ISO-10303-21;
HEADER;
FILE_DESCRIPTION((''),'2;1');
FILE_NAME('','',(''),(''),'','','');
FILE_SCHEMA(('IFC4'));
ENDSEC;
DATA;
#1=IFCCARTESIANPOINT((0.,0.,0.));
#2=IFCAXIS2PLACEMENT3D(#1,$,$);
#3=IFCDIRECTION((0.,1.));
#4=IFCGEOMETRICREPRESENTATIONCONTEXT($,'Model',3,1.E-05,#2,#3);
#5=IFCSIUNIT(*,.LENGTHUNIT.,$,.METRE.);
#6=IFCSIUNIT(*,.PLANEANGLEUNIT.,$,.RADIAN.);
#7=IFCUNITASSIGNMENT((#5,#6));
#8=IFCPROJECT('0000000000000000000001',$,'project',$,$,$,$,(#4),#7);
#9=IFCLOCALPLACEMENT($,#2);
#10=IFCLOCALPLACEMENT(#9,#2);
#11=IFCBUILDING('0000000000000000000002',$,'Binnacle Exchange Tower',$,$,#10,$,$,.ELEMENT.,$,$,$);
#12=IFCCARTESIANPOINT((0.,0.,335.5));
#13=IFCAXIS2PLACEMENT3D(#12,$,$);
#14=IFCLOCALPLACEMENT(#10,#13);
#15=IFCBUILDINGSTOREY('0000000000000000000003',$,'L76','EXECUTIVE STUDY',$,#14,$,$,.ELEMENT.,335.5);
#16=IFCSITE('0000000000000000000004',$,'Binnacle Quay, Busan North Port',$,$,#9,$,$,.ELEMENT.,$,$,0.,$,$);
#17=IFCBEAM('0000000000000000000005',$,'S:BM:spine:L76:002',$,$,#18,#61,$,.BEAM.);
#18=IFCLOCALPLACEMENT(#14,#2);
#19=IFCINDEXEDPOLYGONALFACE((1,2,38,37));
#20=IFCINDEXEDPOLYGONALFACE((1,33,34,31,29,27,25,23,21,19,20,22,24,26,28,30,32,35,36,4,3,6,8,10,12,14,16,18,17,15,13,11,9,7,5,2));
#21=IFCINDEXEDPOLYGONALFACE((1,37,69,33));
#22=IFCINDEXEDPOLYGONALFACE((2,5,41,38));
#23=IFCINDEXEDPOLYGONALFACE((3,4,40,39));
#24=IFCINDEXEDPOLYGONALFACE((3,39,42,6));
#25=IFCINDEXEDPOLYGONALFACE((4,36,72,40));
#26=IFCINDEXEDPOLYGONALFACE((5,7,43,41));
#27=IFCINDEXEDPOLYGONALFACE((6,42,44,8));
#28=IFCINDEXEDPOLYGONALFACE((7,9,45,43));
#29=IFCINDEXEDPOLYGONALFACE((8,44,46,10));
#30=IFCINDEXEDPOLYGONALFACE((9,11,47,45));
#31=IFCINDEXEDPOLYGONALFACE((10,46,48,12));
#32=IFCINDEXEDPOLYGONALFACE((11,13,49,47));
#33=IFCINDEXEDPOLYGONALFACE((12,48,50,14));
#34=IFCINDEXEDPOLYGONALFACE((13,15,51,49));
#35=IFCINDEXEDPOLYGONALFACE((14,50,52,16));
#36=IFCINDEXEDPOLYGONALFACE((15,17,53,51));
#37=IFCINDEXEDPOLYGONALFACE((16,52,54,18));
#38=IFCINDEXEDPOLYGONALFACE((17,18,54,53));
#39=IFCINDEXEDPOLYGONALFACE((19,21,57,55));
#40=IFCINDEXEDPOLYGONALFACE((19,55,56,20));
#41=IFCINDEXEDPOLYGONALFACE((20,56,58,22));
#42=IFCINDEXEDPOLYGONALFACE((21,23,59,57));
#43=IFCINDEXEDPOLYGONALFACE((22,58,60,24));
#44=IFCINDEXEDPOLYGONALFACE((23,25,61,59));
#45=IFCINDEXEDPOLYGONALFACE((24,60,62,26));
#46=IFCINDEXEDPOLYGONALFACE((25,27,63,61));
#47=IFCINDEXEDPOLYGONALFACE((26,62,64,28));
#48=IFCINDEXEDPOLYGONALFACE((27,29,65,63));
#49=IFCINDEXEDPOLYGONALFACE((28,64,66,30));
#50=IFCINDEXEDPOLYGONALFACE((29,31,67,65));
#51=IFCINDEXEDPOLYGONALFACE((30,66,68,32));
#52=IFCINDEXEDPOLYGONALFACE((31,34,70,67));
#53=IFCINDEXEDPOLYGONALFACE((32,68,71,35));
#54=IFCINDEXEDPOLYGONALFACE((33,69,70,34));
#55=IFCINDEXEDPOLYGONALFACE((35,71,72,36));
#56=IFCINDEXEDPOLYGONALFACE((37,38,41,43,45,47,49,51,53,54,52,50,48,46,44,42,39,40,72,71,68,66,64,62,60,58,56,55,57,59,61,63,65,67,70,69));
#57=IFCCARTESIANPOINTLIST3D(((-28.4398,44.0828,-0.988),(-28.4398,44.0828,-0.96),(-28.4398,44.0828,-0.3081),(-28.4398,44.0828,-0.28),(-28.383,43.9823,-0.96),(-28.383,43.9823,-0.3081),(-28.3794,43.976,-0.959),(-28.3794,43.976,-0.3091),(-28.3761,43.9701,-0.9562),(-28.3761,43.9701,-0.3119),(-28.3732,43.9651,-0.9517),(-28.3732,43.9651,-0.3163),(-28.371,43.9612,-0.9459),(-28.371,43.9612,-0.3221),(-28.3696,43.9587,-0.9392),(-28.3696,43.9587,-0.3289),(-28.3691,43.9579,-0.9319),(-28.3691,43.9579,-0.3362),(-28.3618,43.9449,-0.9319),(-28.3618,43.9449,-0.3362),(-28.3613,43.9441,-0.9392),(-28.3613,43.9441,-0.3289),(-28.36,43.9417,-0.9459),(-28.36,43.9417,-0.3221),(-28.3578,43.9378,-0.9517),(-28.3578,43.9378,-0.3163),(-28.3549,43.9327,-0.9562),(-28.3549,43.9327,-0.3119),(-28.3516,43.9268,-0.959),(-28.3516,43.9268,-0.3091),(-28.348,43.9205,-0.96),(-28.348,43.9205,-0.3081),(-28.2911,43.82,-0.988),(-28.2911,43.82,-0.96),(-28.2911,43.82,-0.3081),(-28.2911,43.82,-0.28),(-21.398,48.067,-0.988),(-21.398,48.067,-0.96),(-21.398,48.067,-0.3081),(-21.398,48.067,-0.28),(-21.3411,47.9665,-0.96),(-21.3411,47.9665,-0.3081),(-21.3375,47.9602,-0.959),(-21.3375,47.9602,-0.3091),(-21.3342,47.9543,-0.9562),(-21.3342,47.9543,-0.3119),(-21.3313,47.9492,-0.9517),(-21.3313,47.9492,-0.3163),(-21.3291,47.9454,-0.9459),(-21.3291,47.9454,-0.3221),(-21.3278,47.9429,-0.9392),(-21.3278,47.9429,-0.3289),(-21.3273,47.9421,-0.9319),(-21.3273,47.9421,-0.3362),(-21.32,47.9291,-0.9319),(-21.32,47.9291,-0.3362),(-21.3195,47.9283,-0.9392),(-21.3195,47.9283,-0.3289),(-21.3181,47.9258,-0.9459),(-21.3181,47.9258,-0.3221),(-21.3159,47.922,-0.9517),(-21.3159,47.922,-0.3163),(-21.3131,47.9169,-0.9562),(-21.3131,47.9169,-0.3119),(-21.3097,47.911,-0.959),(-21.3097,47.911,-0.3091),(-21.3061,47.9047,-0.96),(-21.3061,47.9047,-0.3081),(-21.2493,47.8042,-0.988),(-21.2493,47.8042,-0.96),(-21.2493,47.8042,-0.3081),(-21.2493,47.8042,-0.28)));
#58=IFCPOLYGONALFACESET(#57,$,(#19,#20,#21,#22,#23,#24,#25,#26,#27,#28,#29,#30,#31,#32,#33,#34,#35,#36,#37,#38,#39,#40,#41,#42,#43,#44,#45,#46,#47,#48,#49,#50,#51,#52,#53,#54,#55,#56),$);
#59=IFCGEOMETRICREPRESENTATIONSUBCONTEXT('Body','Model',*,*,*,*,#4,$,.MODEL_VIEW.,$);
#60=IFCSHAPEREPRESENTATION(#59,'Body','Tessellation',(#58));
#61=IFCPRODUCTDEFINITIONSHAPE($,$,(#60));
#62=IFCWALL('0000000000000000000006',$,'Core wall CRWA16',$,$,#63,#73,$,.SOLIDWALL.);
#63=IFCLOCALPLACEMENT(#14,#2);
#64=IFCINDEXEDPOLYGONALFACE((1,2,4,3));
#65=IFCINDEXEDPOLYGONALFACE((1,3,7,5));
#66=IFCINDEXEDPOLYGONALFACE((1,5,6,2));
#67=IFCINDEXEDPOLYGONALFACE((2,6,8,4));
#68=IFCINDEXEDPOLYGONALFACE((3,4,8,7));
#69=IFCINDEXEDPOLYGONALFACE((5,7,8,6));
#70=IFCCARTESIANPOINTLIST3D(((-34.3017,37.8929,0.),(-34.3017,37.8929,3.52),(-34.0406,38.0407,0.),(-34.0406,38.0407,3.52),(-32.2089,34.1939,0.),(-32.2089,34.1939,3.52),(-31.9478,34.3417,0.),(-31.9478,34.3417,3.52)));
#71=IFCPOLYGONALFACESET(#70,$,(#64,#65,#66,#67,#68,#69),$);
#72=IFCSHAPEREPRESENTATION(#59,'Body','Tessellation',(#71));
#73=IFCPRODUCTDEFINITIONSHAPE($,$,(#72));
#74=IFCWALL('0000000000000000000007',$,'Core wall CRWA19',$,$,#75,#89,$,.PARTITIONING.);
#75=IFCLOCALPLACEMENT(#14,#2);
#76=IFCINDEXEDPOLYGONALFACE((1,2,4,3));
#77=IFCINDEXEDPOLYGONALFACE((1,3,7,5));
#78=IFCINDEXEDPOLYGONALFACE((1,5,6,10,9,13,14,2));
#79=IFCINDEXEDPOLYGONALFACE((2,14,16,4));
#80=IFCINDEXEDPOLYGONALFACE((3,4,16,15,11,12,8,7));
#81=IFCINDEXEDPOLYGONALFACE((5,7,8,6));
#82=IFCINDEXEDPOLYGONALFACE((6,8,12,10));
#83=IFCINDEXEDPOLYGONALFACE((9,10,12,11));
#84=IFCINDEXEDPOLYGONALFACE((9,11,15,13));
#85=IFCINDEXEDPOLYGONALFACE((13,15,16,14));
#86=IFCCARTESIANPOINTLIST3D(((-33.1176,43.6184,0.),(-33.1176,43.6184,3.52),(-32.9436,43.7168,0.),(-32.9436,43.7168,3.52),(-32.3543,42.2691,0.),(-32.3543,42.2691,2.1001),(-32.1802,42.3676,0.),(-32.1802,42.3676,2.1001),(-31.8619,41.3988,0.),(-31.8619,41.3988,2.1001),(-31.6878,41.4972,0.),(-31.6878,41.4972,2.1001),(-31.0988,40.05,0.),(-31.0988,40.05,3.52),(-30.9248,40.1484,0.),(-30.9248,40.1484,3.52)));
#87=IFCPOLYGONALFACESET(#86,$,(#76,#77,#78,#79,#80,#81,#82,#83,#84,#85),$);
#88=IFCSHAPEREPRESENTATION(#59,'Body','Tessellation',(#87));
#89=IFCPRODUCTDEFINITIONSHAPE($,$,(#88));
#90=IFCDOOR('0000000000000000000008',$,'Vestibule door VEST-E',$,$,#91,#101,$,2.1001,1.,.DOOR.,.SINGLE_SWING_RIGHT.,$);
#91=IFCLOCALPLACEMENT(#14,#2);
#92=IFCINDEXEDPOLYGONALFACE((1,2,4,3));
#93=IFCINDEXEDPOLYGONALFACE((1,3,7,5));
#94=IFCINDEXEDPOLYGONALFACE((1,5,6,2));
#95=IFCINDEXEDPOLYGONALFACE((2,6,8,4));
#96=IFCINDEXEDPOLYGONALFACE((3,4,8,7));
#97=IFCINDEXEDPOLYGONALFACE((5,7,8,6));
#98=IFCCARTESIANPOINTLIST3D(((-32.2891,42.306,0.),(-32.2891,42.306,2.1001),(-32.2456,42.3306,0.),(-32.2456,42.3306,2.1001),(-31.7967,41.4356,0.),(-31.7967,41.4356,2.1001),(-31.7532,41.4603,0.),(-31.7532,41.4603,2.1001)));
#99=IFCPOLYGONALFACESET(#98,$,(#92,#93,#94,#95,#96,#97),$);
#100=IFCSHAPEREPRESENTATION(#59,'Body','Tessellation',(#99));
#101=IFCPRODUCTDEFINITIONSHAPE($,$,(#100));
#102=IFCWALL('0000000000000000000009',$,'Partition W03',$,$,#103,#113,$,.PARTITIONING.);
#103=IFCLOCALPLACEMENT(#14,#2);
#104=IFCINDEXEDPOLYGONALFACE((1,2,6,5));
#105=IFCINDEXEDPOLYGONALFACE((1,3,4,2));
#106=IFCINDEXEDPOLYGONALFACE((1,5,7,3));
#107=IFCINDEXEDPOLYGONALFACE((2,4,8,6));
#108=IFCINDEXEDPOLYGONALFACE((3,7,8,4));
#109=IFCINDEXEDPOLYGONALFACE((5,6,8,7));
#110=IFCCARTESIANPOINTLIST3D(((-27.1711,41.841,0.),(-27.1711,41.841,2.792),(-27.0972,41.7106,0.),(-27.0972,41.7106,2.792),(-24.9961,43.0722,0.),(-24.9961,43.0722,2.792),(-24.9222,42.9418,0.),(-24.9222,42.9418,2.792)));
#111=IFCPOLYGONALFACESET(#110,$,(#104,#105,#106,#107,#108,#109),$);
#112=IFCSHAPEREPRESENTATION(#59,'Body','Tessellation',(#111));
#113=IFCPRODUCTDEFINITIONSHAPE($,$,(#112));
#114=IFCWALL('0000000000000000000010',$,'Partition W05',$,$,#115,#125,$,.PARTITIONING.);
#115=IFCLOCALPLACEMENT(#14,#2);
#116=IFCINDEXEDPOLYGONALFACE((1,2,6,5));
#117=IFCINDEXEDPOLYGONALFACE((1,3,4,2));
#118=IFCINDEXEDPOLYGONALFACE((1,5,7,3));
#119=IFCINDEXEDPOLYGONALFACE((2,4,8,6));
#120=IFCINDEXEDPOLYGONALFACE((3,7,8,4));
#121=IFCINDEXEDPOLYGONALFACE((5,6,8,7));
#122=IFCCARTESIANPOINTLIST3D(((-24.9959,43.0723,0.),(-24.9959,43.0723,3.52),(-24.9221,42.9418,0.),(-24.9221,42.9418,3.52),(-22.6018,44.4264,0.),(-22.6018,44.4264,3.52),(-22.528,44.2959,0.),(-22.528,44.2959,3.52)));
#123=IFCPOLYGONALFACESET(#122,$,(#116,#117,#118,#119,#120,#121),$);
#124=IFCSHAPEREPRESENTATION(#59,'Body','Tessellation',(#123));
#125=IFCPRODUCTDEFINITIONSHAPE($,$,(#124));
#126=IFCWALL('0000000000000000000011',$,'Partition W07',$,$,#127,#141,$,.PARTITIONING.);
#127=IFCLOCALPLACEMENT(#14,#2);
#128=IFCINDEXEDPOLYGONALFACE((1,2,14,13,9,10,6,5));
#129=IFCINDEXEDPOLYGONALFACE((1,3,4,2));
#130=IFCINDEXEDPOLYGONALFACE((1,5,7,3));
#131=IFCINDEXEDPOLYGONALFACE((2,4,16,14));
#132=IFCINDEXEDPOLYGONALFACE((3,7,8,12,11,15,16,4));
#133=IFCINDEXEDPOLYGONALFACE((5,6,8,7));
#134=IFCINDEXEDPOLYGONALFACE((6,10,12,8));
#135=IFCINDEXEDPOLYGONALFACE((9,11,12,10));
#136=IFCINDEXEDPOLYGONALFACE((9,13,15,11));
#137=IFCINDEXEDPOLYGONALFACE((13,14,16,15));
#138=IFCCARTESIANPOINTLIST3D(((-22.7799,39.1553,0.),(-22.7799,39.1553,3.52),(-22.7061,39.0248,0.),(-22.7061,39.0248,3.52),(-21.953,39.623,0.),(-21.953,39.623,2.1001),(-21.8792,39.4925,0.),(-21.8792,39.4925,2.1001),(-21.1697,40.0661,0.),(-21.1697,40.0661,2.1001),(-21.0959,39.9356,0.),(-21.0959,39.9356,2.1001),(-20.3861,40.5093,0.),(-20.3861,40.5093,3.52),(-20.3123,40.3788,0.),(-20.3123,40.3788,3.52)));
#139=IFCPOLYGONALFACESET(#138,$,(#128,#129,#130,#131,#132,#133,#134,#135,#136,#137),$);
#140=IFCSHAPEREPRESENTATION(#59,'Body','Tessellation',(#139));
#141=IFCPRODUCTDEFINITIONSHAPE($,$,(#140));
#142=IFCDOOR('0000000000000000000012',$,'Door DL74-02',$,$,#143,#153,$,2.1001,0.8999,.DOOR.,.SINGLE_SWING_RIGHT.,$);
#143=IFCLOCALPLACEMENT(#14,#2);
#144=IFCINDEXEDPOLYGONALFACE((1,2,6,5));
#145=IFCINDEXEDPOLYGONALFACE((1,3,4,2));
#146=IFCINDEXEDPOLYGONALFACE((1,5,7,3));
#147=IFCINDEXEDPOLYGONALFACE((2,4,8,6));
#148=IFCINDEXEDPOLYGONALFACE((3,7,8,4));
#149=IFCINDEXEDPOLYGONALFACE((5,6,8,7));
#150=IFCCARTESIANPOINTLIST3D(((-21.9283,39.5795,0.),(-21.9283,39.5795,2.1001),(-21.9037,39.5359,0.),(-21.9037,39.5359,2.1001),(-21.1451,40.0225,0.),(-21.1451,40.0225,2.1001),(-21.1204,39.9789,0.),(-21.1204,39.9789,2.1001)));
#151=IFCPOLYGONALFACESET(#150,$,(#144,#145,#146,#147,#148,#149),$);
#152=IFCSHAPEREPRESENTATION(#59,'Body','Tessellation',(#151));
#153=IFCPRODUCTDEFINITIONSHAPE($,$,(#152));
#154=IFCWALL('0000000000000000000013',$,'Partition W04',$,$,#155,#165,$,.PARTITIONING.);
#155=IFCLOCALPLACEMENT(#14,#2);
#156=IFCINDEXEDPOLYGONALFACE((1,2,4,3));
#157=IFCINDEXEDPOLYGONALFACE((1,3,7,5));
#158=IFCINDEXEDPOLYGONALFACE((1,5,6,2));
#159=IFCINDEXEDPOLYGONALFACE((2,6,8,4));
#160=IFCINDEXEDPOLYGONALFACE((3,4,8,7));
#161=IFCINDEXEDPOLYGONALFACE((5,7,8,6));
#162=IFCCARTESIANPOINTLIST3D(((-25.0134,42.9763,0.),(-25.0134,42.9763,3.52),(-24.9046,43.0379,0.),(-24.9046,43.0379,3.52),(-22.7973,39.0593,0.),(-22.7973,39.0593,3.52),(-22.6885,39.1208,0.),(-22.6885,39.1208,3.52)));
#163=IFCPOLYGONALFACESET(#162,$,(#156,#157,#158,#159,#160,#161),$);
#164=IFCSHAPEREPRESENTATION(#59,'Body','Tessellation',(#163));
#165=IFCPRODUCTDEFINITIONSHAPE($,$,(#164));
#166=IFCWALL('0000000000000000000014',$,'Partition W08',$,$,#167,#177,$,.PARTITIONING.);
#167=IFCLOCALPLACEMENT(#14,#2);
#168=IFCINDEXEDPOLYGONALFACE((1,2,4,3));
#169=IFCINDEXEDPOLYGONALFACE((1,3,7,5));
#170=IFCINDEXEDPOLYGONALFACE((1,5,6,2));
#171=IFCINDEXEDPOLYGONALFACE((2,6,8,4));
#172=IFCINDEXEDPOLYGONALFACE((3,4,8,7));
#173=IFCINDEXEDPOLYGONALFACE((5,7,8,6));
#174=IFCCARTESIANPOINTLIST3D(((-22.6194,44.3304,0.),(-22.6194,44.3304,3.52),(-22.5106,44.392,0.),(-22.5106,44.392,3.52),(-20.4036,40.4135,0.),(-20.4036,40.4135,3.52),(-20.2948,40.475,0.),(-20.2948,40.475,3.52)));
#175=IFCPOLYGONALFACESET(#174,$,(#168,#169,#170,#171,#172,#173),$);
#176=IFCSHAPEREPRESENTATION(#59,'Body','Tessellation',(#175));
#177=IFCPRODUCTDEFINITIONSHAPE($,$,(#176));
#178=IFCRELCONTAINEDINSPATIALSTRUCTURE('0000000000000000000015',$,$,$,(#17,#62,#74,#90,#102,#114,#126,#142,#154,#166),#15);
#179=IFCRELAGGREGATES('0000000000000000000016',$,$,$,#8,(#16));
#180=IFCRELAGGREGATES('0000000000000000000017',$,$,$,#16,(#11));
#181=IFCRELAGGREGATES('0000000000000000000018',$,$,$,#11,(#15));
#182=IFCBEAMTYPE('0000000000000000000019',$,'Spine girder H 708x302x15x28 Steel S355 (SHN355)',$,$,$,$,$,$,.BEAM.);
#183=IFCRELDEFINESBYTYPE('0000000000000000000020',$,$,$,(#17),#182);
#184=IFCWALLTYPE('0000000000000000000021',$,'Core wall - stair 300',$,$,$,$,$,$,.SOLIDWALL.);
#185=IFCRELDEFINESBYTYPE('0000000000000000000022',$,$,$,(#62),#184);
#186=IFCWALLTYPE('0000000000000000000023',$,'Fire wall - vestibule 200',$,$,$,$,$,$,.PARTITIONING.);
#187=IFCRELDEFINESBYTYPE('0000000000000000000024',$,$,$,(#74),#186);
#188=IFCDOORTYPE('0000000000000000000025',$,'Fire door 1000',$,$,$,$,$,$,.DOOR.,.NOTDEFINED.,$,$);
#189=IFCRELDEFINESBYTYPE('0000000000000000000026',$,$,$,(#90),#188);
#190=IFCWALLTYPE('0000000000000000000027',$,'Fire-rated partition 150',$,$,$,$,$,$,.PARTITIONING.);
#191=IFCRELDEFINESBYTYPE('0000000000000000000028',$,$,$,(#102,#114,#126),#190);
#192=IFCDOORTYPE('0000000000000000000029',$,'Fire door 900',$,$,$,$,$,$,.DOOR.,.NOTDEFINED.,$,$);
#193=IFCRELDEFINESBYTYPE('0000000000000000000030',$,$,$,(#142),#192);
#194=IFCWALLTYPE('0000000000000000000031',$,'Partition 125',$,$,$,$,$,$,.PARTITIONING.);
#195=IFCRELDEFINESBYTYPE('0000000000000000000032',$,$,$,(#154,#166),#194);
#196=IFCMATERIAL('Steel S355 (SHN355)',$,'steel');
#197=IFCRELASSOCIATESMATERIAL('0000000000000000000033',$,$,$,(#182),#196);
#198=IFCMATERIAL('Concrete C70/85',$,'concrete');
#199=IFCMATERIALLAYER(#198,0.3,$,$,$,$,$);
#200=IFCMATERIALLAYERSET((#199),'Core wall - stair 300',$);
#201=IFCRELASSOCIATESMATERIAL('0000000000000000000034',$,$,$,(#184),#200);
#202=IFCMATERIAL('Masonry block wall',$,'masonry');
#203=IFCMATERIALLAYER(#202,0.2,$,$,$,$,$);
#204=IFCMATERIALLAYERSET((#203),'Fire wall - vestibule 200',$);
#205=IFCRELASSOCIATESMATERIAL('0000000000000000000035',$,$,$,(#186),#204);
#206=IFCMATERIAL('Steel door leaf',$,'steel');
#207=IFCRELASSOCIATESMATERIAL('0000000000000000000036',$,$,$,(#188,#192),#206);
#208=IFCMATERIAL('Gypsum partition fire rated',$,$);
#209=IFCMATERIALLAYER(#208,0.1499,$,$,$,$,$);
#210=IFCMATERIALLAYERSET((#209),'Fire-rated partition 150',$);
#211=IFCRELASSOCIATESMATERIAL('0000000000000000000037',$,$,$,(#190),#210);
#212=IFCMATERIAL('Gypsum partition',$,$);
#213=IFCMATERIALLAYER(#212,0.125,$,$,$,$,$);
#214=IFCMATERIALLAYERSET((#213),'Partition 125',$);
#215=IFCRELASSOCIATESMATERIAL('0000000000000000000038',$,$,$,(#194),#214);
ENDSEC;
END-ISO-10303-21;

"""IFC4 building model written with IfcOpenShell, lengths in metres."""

from ifc_helpers import new_model, si_unit, direction, frame, frame_2d, origin, origin_2d, place, context, subcontext, project, spatial, rectangle, i_section, extrude, material, layer, layer_set, material_profile, profile_set, type_object, element, fill, save


model = new_model("IFC4")

# Units and contexts
model_context = context("Model", 3, precision=1e-05, world=origin(), true_north=direction((0.0, 1.0)))
body_context = subcontext(model_context, "Body", "Model", "MODEL_VIEW")
ifc_project = project(units=[si_unit("LENGTHUNIT", "METRE"), si_unit("PLANEANGLEUNIT", "RADIAN")], contexts=[model_context])

# Site, building, storey
site_placement = place(None, origin())
site = spatial("IfcSite", under=ifc_project, at=site_placement, Name="Binnacle Quay, Busan North Port", CompositionType="ELEMENT", RefElevation=0.0)
building_placement = place(site_placement, origin())
building = spatial("IfcBuilding", under=site, at=building_placement, Name="Binnacle Exchange Tower", CompositionType="ELEMENT")
storey_placement = place(building_placement, frame((0.0, 0.0, 335.5)))
storey = spatial("IfcBuildingStorey", under=building, at=storey_placement, Name="L76", Description="EXECUTIVE STUDY", CompositionType="ELEMENT", Elevation=335.5)

# Beam
ifc_material_1 = material(Name="Steel S355 (SHN355)", Category="steel")
ifc_material_profile = material_profile(ifc_material_1, i_section(OverallWidth=0.302, OverallDepth=0.708, WebThickness=0.0149, FlangeThickness=0.0281, FilletRadius=0.0281, at=origin_2d()), Name="H 708x302x15x28")
ifc_profile_set = profile_set([ifc_material_profile], Name="Steel S355 (SHN355)")
beam_type = type_object("IfcBeamType", Name="Spine girder H 708x302x15x28 Steel S355 (SHN355)", PredefinedType="BEAM", material=ifc_profile_set)
beam_placement = place(storey_placement, frame((-28.3655, 43.9514, -0.634), z_axis=(0.87035, 0.492433, 0.0), x_axis=(-0.492433, 0.87035, 0.0)))
element("IfcBeam", 1, at=beam_placement, inside=storey, type_object=beam_type, Name="S:BM:spine:L76:002", PredefinedType="BEAM", context=body_context, shape_type="SweptSolid", body=[
    extrude(i_section(OverallWidth=0.302, OverallDepth=0.708, WebThickness=0.0149, FlangeThickness=0.0281, FilletRadius=0.0281, at=origin_2d()), origin(), (0.0, 0.0, 1.0), 8.0908),
])

# Wall
ifc_material_2 = material(Name="Concrete C70/85", Category="concrete")
ifc_layer_1 = layer(ifc_material_2, 0.3)
ifc_layer_set_1 = layer_set([ifc_layer_1], Name="Core wall - stair 300")
wall_type_1 = type_object("IfcWallType", Name="Core wall - stair 300", PredefinedType="SOLIDWALL", material=ifc_layer_set_1)
wall_1_placement = place(storey_placement, frame((-34.1711, 37.9668, 0.0), z_axis=(0.0, 0.0, 1.0), x_axis=(0.492423, -0.870356, 0.0)))
element("IfcWall", 2, at=wall_1_placement, inside=storey, type_object=wall_type_1, Name="Core wall CRWA16", PredefinedType="SOLIDWALL", context=body_context, shape_type="SweptSolid", body=[
    extrude(rectangle(XDim=4.25, YDim=0.3, at=frame_2d((2.125, 0.0))), origin(), (0.0, 0.0, 1.0), 3.52),
])

# Wall, opening, door
ifc_material_3 = material(Name="Masonry block wall", Category="masonry")
ifc_layer_2 = layer(ifc_material_3, 0.2)
ifc_layer_set_2 = layer_set([ifc_layer_2], Name="Fire wall - vestibule 200")
wall_type_2 = type_object("IfcWallType", Name="Fire wall - vestibule 200", PredefinedType="PARTITIONING", material=ifc_layer_set_2)
wall_2_placement = place(storey_placement, frame((-33.0305, 43.6675, 0.0), z_axis=(0.0, 0.0, 1.0), x_axis=(0.492408, -0.870364, 0.0)))
wall_2 = element("IfcWall", 3, at=wall_2_placement, inside=storey, type_object=wall_type_2, Name="Core wall CRWA19", PredefinedType="PARTITIONING", context=body_context, shape_type="SweptSolid", body=[
    extrude(rectangle(XDim=4.0999, YDim=0.2, at=frame_2d((2.0498, 0.0))), origin(), (0.0, 0.0, 1.0), 3.52),
])
opening_1_placement = place(wall_2_placement, frame((1.55, 0.0, 0.0)))
opening_1 = element("IfcOpeningElement", 4, at=opening_1_placement, cuts=wall_2, PredefinedType="OPENING", context=body_context, shape_type="SweptSolid", body=[
    extrude(rectangle(XDim=1.0, YDim=2.1001, at=frame_2d((0.5, 1.05))), frame((0.0, 0.1099, 0.0), z_axis=(0.0, -1.0, 0.0), x_axis=(1.0, 0.0, 0.0)), (0.0, 0.0, 1.0), 0.22),
])
ifc_material_4 = material(Name="Steel door leaf", Category="steel")
door_type_1 = type_object("IfcDoorType", Name="Fire door 1000", OperationType="NOTDEFINED", PredefinedType="DOOR", material=ifc_material_4)
door_1_placement = place(opening_1_placement, origin())
door_1 = element("IfcDoor", 5, at=door_1_placement, inside=storey, type_object=door_type_1, Name="Vestibule door VEST-E", OperationType="SINGLE_SWING_RIGHT", OverallHeight=2.1001, OverallWidth=1.0, PredefinedType="DOOR", context=body_context, shape_type="SweptSolid", body=[
    extrude(rectangle(XDim=1.0, YDim=2.1001, at=frame_2d((0.5, 1.05))), frame((0.0, 0.0249, 0.0), z_axis=(0.0, -1.0, 0.0), x_axis=(1.0, 0.0, 0.0)), (0.0, 0.0, 1.0), 0.05),
])
fill(opening_1, door_1)

# Walls
ifc_material_5 = material(Name="Gypsum partition fire rated")
ifc_layer_3 = layer(ifc_material_5, 0.1499)
ifc_layer_set_3 = layer_set([ifc_layer_3], Name="Fire-rated partition 150")
wall_type_3 = type_object("IfcWallType", Name="Fire-rated partition 150", PredefinedType="PARTITIONING", material=ifc_layer_set_3)
wall_3_placement = place(storey_placement, frame((-27.134, 41.7759, 0.0), z_axis=(0.0, 0.0, 1.0), x_axis=(0.87025, 0.492611, 0.0)))
element("IfcWall", 6, at=wall_3_placement, inside=storey, type_object=wall_type_3, Name="Partition W03", PredefinedType="PARTITIONING", context=body_context, shape_type="SweptSolid", body=[
    extrude(rectangle(XDim=2.4993, YDim=0.1499, at=frame_2d((1.2495, 0.0))), origin(), (0.0, 0.0, 1.0), 2.792),
])
wall_4_placement = place(storey_placement, frame((-24.959, 43.0071, 0.0), z_axis=(0.0, 0.0, 1.0), x_axis=(0.870431, 0.492291, 0.0)))
element("IfcWall", 7, at=wall_4_placement, inside=storey, type_object=wall_type_3, Name="Partition W05", PredefinedType="PARTITIONING", context=body_context, shape_type="SweptSolid", body=[
    extrude(rectangle(XDim=2.7505, YDim=0.1499, at=frame_2d((1.3752, 0.0))), origin(), (0.0, 0.0, 1.0), 3.52),
])

# Wall, opening, door
wall_5_placement = place(storey_placement, frame((-22.7429, 39.0901, 0.0), z_axis=(0.0, 0.0, 1.0), x_axis=(0.870409, 0.492329, 0.0)))
wall_5 = element("IfcWall", 8, at=wall_5_placement, inside=storey, type_object=wall_type_3, Name="Partition W07", PredefinedType="PARTITIONING", context=body_context, shape_type="SweptSolid", body=[
    extrude(rectangle(XDim=2.7502, YDim=0.1499, at=frame_2d((1.375, 0.0))), origin(), (0.0, 0.0, 1.0), 3.52),
])
opening_2_placement = place(wall_5_placement, frame((0.95, 0.0, 0.0)))
opening_2 = element("IfcOpeningElement", 9, at=opening_2_placement, cuts=wall_5, PredefinedType="OPENING", context=body_context, shape_type="SweptSolid", body=[
    extrude(rectangle(XDim=0.8999, YDim=2.1001, at=frame_2d((0.45, 1.05))), frame((0.0, 0.085, 0.0), z_axis=(0.0, -1.0, 0.0), x_axis=(1.0, 0.0, 0.0)), (0.0, 0.0, 1.0), 0.1699),
])
door_type_2 = type_object("IfcDoorType", Name="Fire door 900", OperationType="NOTDEFINED", PredefinedType="DOOR", material=ifc_material_4)
door_2_placement = place(opening_2_placement, origin())
door_2 = element("IfcDoor", 10, at=door_2_placement, inside=storey, type_object=door_type_2, Name="Door DL74-02", OperationType="SINGLE_SWING_RIGHT", OverallHeight=2.1001, OverallWidth=0.8999, PredefinedType="DOOR", context=body_context, shape_type="SweptSolid", body=[
    extrude(rectangle(XDim=0.8999, YDim=2.1001, at=frame_2d((0.45, 1.05))), frame((0.0, 0.0249, 0.0), z_axis=(0.0, -1.0, 0.0), x_axis=(1.0, 0.0, 0.0)), (0.0, 0.0, 1.0), 0.05),
])
fill(opening_2, door_2)

# Walls
ifc_material_6 = material(Name="Gypsum partition")
ifc_layer_4 = layer(ifc_material_6, 0.125)
ifc_layer_set_4 = layer_set([ifc_layer_4], Name="Partition 125")
wall_type_4 = type_object("IfcWallType", Name="Partition 125", PredefinedType="PARTITIONING", material=ifc_layer_set_4)
wall_6_placement = place(storey_placement, frame((-24.959, 43.0071, 0.0), z_axis=(0.0, 0.0, 1.0), x_axis=(0.492413, -0.870362, 0.0)))
element("IfcWall", 11, at=wall_6_placement, inside=storey, type_object=wall_type_4, Name="Partition W04", PredefinedType="PARTITIONING", context=body_context, shape_type="SweptSolid", body=[
    extrude(rectangle(XDim=4.5005, YDim=0.125, at=frame_2d((2.2502, 0.0))), origin(), (0.0, 0.0, 1.0), 3.52),
])
wall_7_placement = place(storey_placement, frame((-22.5649, 44.3611, 0.0), z_axis=(0.0, 0.0, 1.0), x_axis=(0.492372, -0.870385, 0.0)))
element("IfcWall", 12, at=wall_7_placement, inside=storey, type_object=wall_type_4, Name="Partition W08", PredefinedType="PARTITIONING", context=body_context, shape_type="SweptSolid", body=[
    extrude(rectangle(XDim=4.5002, YDim=0.125, at=frame_2d((2.25, 0.0))), origin(), (0.0, 0.0, 1.0), 3.52),
])

save(model, "model.ifc")
